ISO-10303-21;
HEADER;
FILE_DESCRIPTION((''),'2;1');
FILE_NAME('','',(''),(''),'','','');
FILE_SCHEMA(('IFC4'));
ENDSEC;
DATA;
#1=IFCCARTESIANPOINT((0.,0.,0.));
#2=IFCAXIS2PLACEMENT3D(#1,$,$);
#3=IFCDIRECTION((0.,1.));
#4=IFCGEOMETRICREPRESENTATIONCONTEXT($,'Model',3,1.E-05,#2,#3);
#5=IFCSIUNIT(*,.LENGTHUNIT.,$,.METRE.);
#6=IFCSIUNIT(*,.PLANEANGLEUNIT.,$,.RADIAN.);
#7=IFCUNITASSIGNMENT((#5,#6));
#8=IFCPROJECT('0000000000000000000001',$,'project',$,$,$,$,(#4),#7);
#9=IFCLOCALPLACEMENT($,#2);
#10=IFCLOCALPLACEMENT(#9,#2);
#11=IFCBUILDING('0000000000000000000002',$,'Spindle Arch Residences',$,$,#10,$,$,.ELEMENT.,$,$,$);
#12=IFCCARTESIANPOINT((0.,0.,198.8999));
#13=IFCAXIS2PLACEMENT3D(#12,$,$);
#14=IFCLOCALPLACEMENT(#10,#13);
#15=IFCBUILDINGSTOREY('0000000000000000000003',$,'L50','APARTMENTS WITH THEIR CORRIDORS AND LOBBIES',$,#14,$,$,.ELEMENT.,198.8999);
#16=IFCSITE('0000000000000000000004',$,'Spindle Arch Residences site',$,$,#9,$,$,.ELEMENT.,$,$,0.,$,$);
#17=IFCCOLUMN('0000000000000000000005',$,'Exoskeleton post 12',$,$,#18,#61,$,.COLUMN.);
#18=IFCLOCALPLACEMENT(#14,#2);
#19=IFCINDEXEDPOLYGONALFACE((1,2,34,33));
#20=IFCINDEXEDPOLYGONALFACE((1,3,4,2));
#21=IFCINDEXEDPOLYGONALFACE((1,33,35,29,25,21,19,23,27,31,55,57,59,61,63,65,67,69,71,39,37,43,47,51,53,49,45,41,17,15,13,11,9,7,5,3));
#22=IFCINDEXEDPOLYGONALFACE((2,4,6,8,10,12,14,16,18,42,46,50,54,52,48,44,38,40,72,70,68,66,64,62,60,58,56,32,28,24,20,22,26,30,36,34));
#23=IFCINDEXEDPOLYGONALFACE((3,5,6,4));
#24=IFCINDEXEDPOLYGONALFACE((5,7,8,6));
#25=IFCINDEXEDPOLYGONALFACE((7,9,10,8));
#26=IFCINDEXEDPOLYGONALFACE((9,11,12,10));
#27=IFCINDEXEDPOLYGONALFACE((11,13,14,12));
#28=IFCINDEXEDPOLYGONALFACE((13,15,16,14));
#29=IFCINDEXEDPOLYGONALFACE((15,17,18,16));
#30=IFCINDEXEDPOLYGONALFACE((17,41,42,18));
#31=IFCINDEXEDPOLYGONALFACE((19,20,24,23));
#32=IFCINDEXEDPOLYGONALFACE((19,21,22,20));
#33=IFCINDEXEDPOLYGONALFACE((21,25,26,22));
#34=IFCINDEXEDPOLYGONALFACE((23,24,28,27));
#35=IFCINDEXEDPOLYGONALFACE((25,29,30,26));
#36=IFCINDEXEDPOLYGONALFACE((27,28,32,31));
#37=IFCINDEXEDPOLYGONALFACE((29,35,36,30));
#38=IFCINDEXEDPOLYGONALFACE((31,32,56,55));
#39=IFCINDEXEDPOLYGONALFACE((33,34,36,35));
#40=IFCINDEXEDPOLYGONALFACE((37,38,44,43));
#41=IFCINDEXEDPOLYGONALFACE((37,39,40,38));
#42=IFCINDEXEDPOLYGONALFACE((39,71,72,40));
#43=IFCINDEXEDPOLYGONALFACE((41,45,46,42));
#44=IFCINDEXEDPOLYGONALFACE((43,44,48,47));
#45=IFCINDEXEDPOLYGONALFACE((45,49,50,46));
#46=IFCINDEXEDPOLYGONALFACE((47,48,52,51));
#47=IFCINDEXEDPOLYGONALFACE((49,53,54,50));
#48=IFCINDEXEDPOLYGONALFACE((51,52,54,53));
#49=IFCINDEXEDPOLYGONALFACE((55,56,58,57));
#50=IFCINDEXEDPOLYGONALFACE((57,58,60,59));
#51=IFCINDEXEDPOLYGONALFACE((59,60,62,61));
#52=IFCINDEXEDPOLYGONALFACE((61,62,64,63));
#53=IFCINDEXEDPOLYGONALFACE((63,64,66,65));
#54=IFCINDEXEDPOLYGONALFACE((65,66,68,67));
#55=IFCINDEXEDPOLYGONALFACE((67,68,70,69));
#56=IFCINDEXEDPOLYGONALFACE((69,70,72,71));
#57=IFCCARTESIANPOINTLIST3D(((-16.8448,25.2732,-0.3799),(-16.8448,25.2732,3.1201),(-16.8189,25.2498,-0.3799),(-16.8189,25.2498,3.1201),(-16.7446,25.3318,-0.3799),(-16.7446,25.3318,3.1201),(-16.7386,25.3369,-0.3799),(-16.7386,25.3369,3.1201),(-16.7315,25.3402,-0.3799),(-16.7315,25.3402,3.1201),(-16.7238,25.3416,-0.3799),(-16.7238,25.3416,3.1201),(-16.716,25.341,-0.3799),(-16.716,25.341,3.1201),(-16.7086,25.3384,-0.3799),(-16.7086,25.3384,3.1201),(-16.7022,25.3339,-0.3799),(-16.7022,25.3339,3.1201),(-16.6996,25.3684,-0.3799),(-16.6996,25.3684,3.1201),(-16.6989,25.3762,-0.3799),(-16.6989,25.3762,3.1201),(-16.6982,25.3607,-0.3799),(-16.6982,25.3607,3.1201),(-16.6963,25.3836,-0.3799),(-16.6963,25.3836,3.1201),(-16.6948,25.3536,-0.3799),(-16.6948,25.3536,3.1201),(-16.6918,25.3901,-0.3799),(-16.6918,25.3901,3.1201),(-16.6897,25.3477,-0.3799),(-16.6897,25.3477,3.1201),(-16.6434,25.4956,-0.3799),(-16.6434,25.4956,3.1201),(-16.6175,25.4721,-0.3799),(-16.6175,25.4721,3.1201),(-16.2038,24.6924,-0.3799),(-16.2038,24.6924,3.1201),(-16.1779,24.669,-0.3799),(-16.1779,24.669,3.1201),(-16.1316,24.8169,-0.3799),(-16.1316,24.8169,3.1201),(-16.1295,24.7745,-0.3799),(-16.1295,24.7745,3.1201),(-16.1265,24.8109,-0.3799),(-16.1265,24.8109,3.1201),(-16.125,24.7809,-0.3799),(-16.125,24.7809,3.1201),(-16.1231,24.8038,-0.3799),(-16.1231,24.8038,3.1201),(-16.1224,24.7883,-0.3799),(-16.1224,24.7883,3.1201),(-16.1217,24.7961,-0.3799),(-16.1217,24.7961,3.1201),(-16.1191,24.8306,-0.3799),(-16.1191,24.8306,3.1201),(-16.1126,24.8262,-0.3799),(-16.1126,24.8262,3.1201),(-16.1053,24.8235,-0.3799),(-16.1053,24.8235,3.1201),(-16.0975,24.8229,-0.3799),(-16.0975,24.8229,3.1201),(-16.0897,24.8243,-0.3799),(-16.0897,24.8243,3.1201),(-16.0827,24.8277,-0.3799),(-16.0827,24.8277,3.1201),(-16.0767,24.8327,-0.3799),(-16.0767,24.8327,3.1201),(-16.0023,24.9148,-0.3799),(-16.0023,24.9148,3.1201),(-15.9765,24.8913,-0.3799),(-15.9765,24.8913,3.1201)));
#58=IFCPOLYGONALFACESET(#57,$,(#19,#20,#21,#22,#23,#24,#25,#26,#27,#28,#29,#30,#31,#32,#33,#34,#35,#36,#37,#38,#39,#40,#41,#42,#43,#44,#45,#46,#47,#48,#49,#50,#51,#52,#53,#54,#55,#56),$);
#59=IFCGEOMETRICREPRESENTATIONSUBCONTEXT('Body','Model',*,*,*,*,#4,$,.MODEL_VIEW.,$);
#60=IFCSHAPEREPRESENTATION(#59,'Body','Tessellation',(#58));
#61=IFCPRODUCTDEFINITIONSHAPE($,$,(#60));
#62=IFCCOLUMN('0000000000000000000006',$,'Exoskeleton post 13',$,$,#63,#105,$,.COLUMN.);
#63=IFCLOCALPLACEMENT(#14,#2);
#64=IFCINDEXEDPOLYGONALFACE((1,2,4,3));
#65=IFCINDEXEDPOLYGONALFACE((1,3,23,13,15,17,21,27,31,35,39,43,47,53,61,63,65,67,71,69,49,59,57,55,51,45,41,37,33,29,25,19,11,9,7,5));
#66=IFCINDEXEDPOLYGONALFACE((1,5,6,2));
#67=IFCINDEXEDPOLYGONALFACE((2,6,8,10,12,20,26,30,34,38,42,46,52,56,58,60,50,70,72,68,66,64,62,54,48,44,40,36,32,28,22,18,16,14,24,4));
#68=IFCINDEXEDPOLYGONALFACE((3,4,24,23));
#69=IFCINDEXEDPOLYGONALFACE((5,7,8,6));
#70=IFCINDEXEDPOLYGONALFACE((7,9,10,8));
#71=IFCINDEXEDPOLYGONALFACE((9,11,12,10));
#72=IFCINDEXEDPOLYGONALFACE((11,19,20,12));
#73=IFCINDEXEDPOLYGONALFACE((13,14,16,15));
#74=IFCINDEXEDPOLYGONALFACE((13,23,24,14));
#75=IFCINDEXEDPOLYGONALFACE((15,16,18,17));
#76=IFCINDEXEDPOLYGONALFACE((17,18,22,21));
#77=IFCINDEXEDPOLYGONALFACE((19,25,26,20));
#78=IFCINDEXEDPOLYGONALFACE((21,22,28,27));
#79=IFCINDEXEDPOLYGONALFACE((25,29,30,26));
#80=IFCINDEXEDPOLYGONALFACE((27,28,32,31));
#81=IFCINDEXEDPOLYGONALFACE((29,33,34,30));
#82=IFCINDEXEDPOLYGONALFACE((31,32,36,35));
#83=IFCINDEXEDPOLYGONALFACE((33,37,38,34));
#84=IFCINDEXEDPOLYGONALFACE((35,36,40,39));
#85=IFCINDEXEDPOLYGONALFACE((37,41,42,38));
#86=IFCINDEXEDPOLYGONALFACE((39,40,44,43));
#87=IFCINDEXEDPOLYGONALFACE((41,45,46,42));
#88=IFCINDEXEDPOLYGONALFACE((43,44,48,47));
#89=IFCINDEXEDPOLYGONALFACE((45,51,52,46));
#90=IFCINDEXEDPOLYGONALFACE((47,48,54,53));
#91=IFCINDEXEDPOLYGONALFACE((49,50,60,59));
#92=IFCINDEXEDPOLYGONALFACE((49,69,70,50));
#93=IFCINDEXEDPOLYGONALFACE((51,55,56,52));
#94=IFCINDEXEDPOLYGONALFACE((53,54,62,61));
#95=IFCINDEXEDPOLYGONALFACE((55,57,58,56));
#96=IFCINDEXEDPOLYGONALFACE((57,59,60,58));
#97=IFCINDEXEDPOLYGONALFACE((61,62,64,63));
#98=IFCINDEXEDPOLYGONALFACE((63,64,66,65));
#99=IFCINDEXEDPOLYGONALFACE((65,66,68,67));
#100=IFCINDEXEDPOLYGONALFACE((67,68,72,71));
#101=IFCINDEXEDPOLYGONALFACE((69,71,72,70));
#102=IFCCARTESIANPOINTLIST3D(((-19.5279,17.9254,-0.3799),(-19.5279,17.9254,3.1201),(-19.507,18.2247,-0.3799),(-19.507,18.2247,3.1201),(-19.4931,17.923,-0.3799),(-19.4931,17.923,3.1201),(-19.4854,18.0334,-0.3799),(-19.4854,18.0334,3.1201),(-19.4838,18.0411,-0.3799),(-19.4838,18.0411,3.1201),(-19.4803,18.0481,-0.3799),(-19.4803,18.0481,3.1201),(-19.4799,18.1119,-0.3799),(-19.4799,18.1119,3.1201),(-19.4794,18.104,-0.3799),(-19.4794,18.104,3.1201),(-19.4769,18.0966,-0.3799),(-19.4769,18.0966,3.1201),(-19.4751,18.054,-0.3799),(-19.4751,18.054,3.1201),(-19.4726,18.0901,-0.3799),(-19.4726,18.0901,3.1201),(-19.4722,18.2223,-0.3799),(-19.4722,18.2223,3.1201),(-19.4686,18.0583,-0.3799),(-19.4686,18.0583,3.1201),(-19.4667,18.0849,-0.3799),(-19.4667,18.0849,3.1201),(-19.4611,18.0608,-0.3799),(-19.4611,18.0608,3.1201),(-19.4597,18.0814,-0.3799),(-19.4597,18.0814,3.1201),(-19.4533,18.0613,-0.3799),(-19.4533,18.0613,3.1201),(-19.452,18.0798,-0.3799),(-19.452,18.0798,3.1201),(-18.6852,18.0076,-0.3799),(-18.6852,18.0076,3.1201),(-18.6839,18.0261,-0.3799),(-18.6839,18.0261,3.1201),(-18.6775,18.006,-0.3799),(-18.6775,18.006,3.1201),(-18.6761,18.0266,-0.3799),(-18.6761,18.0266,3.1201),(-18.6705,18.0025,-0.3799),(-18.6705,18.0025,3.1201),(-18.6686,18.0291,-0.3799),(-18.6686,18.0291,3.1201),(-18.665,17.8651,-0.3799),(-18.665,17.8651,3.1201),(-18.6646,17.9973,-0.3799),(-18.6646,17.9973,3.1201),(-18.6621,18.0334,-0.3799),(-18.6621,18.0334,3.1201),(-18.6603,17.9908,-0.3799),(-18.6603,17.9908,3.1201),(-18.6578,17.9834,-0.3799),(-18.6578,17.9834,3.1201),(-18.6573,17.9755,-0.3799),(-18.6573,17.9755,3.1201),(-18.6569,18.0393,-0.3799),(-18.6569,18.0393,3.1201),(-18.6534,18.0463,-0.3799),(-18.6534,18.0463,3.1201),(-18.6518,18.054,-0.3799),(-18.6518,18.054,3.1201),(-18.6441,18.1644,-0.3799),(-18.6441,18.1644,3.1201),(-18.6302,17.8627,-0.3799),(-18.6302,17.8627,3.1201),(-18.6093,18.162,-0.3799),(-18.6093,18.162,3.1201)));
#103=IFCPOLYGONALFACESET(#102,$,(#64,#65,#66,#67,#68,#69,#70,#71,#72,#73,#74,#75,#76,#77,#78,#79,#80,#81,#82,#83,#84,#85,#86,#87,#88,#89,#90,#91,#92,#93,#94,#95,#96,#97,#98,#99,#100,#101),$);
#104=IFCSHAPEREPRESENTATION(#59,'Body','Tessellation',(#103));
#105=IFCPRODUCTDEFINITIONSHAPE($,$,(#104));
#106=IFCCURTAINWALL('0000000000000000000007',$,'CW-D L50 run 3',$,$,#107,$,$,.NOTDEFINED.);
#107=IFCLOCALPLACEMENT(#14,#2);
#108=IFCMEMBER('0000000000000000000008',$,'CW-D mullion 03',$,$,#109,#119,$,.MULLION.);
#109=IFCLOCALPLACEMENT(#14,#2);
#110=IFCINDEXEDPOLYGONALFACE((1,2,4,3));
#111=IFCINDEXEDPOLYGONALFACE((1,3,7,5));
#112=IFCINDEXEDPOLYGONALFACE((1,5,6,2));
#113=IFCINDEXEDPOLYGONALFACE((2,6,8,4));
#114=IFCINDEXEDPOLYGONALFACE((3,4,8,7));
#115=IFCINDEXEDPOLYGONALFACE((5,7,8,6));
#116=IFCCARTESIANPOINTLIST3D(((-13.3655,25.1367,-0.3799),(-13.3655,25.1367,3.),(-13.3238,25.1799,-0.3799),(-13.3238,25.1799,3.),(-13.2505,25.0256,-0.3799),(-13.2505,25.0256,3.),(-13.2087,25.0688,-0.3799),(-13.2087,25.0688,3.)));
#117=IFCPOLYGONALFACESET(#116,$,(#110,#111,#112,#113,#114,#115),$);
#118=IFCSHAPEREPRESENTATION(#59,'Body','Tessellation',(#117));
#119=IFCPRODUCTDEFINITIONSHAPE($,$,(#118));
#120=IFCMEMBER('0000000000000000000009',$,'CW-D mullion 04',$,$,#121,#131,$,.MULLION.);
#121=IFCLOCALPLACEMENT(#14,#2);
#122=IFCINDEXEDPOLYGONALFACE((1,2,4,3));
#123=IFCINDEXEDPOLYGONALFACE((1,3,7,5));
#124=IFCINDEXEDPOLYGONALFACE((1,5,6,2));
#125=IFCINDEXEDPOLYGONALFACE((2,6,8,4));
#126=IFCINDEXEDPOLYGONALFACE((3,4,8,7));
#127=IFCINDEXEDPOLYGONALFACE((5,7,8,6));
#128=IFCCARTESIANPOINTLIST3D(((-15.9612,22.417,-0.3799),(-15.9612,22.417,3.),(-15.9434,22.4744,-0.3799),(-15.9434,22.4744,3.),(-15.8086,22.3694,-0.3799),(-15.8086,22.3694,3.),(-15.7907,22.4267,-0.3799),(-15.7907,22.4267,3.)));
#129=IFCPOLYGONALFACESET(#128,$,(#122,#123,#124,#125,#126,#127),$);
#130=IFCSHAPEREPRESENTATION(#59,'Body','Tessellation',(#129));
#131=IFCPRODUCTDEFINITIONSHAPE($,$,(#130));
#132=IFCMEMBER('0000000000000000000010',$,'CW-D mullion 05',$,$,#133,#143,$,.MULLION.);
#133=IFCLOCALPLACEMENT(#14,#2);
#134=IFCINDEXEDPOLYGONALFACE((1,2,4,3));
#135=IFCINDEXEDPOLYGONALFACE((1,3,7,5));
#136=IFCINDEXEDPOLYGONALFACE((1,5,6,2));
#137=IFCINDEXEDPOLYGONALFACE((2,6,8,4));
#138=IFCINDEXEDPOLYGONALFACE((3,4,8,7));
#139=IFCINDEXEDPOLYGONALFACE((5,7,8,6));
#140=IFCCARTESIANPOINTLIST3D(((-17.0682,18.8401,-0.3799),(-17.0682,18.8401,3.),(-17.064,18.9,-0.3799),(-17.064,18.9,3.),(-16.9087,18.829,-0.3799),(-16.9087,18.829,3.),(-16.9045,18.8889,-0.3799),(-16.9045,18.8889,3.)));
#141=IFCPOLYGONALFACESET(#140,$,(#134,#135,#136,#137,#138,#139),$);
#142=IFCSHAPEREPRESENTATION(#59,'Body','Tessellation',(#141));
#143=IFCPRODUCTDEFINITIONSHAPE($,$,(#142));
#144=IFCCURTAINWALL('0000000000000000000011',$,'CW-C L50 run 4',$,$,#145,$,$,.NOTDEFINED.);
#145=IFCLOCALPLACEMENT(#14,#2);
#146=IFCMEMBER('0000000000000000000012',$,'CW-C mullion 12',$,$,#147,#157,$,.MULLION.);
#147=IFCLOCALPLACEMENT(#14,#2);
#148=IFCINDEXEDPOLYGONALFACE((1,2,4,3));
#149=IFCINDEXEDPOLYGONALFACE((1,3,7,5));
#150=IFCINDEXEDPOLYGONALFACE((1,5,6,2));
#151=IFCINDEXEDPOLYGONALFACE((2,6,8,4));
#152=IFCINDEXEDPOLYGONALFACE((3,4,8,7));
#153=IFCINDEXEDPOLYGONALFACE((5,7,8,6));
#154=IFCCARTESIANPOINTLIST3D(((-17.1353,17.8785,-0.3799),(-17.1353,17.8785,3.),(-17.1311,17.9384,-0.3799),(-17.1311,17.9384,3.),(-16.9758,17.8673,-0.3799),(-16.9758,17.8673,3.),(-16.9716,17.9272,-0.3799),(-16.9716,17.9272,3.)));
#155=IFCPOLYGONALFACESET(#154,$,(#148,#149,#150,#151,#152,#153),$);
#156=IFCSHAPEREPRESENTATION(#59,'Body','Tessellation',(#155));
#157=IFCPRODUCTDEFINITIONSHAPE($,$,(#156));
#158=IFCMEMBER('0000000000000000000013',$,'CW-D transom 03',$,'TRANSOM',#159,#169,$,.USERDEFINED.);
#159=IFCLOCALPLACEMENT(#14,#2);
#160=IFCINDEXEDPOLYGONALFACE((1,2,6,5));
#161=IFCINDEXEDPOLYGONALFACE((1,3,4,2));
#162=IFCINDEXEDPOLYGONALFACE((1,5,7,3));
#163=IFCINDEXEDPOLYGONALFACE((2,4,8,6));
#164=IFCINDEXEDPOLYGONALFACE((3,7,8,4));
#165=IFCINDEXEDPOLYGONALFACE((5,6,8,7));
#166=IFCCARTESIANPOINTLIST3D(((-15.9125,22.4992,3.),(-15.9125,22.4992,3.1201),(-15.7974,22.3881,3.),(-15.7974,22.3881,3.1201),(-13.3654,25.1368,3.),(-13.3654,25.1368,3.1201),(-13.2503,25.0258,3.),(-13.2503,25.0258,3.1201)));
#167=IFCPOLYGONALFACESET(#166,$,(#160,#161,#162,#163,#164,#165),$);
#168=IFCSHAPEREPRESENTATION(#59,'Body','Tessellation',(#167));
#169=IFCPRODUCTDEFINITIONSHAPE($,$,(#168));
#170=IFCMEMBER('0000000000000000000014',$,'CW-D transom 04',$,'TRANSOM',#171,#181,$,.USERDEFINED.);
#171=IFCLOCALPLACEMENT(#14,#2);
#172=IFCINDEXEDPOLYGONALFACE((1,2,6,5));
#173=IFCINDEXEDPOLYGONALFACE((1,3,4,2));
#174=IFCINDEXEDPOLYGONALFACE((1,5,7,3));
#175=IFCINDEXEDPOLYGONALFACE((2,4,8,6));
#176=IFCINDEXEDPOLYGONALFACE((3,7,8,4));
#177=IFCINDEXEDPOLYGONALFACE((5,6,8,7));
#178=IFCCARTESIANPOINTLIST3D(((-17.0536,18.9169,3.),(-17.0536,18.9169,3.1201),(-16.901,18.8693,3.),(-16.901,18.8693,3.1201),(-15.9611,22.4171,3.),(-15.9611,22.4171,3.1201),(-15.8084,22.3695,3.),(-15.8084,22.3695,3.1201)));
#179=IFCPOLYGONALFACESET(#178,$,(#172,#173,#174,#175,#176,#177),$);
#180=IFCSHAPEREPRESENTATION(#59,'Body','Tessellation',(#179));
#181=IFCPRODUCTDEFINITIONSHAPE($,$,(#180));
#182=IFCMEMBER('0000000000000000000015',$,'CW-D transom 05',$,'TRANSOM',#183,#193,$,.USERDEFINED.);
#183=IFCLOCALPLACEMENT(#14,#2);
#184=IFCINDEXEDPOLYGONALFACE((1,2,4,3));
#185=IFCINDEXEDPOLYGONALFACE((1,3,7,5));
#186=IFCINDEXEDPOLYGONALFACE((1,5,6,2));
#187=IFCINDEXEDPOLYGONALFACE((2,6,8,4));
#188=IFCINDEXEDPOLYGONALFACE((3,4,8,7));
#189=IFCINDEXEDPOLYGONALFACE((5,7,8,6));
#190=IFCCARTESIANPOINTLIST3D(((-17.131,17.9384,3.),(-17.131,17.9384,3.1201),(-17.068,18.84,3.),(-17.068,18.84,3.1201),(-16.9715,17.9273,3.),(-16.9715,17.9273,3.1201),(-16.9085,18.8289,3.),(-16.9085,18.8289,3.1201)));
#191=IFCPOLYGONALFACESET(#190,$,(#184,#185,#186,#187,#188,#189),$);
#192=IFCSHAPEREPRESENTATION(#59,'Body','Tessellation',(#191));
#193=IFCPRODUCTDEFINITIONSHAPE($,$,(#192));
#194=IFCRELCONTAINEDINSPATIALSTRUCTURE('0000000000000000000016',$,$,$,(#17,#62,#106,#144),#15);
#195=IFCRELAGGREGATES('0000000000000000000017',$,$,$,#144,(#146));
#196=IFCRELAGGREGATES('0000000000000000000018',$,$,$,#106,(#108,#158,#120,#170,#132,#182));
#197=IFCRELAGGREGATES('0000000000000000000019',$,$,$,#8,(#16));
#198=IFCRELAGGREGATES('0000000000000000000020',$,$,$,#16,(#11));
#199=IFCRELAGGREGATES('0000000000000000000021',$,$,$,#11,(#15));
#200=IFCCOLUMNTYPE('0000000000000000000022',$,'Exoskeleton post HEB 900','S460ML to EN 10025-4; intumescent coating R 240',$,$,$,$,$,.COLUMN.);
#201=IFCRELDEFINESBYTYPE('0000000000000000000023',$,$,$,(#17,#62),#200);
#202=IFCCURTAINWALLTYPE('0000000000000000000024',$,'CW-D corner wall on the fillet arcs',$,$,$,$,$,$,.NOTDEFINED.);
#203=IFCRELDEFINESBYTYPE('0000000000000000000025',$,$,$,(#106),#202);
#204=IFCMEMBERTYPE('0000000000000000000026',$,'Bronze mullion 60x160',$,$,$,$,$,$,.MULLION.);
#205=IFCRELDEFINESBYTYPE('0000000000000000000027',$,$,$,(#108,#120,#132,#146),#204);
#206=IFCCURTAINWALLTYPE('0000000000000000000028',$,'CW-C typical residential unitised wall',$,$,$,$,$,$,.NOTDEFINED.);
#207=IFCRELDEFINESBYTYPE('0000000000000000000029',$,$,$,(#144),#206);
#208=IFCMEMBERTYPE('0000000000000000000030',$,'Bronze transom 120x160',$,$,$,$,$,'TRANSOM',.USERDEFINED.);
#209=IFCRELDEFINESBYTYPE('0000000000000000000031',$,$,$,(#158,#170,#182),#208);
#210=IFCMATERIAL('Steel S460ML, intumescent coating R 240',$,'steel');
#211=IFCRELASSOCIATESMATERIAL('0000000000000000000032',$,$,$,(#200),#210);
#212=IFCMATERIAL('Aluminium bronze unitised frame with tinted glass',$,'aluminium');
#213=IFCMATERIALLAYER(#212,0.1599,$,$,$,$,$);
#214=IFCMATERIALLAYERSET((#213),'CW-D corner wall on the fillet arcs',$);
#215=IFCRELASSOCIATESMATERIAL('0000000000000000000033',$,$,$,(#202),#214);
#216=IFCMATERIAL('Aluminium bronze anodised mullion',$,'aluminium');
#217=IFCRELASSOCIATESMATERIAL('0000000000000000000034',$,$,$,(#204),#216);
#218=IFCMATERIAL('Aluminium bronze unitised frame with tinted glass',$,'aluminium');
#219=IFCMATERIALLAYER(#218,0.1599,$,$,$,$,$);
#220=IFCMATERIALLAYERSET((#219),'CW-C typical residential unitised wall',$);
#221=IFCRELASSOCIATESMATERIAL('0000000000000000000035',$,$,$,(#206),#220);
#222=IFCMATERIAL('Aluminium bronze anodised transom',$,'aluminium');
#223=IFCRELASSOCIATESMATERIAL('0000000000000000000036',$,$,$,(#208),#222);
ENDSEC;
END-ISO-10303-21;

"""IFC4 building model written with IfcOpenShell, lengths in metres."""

from ifc_helpers import new_model, si_unit, direction, frame, origin, origin_2d, place, context, subcontext, project, spatial, rectangle, i_section, extrude, material, layer, layer_set, material_profile, profile_set, type_object, element, aggregate, save


model = new_model("IFC4")

# Units and contexts
model_context = context("Model", 3, precision=1e-05, world=origin(), true_north=direction((0.0, 1.0)))
body_context = subcontext(model_context, "Body", "Model", "MODEL_VIEW")
ifc_project = project(units=[si_unit("LENGTHUNIT", "METRE"), si_unit("PLANEANGLEUNIT", "RADIAN")], contexts=[model_context])

# Site, building, storey
site_placement = place(None, origin())
site = spatial("IfcSite", under=ifc_project, at=site_placement, Name="Spindle Arch Residences site", CompositionType="ELEMENT", RefElevation=0.0)
building_placement = place(site_placement, origin())
building = spatial("IfcBuilding", under=site, at=building_placement, Name="Spindle Arch Residences", CompositionType="ELEMENT")
storey_placement = place(building_placement, frame((0.0, 0.0, 198.8999)))
storey = spatial("IfcBuildingStorey", under=building, at=storey_placement, Name="L50", Description="APARTMENTS WITH THEIR CORRIDORS AND LOBBIES", CompositionType="ELEMENT", Elevation=198.8999)

# Columns
ifc_material_1 = material(Name="Steel S460ML, intumescent coating R 240", Category="steel")
ifc_material_profile_1 = material_profile(ifc_material_1, i_section(OverallWidth=0.3, OverallDepth=0.8999, WebThickness=0.0186, FlangeThickness=0.0349, FilletRadius=0.03, at=origin_2d()), Name="HEB 900")
ifc_profile_set_1 = profile_set([ifc_material_profile_1], Name="Steel S460ML, intumescent coating R 240")
column_type = type_object("IfcColumnType", Name="Exoskeleton post HEB 900", Description="S460ML to EN 10025-4; intumescent coating R 240", PredefinedType="COLUMN", material=ifc_profile_set_1)
for number, where, z_axis, x_axis, name in (
    (1, (-16.4106, 25.0823, -0.3799), (0.0, 0.0, 1.0), (0.671428, 0.74107, 0.0), "Exoskeleton post 12"),
    (2, (-19.0686, 18.0437, -0.3799), (0.0, 0.0, 1.0), (0.069756, 0.997564, 0.0), "Exoskeleton post 13"),
):
    element("IfcColumn", number, at=place(storey_placement, frame(where, z_axis=z_axis, x_axis=x_axis)), inside=storey, type_object=column_type, Name=name, PredefinedType="COLUMN", context=body_context, shape_type="SweptSolid", body=[
        extrude(i_section(OverallWidth=0.3, OverallDepth=0.8999, WebThickness=0.0186, FlangeThickness=0.0349, FilletRadius=0.03, at=origin_2d()), origin(), (0.0, 0.0, 1.0), 3.5),
    ])

# Curtain wall, members
ifc_material_2 = material(Name="Aluminium bronze unitised frame with tinted glass", Category="aluminium")
ifc_layer_1 = layer(ifc_material_2, 0.1599)
ifc_layer_set_1 = layer_set([ifc_layer_1], Name="CW-D corner wall on the fillet arcs")
curtain_wall_type_1 = type_object("IfcCurtainWallType", Name="CW-D corner wall on the fillet arcs", PredefinedType="NOTDEFINED", material=ifc_layer_set_1)
curtain_wall_1_placement = place(storey_placement, origin())
curtain_wall_1 = element("IfcCurtainWall", 3, at=curtain_wall_1_placement, inside=storey, type_object=curtain_wall_type_1, Name="CW-D L50 run 3", PredefinedType="NOTDEFINED")
ifc_material_3 = material(Name="Aluminium bronze anodised mullion", Category="aluminium")
ifc_material_profile_2 = material_profile(ifc_material_3, rectangle(XDim=0.1599, YDim=0.0601, at=origin_2d()), Name="MU 60x160")
ifc_profile_set_2 = profile_set([ifc_material_profile_2], Name="Aluminium bronze anodised mullion")
member_type_1 = type_object("IfcMemberType", Name="Bronze mullion 60x160", PredefinedType="MULLION", material=ifc_profile_set_2)
member_1_placement = place(storey_placement, frame((-13.2871, 25.1028, -0.3799), z_axis=(0.0, 0.0, 1.0), x_axis=(0.71934, -0.694658, 0.0)))
member_1 = element("IfcMember", 4, at=member_1_placement, type_object=member_type_1, Name="CW-D mullion 03", PredefinedType="MULLION", context=body_context, shape_type="SweptSolid", body=[
    extrude(rectangle(XDim=0.1599, YDim=0.0601, at=origin_2d()), origin(), (0.0, 0.0, 1.0), 3.3799),
])
member_2_placement = place(storey_placement, frame((-15.876, 22.4219, -0.3799), z_axis=(0.0, 0.0, 1.0), x_axis=(0.954588, -0.29793, 0.0)))
member_2 = element("IfcMember", 5, at=member_2_placement, type_object=member_type_1, Name="CW-D mullion 04", PredefinedType="MULLION", context=body_context, shape_type="SweptSolid", body=[
    extrude(rectangle(XDim=0.1599, YDim=0.0601, at=origin_2d()), origin(), (0.0, 0.0, 1.0), 3.3799),
])
member_3_placement = place(storey_placement, frame((-16.9863, 18.8645, -0.3799), z_axis=(0.0, 0.0, 1.0), x_axis=(0.997564, -0.069756, 0.0)))
member_3 = element("IfcMember", 6, at=member_3_placement, type_object=member_type_1, Name="CW-D mullion 05", PredefinedType="MULLION", context=body_context, shape_type="SweptSolid", body=[
    extrude(rectangle(XDim=0.1599, YDim=0.0601, at=origin_2d()), origin(), (0.0, 0.0, 1.0), 3.3799),
])

# Curtain wall, member
ifc_material_4 = material(Name="Aluminium bronze unitised frame with tinted glass", Category="aluminium")
ifc_layer_2 = layer(ifc_material_4, 0.1599)
ifc_layer_set_2 = layer_set([ifc_layer_2], Name="CW-C typical residential unitised wall")
curtain_wall_type_2 = type_object("IfcCurtainWallType", Name="CW-C typical residential unitised wall", PredefinedType="NOTDEFINED", material=ifc_layer_set_2)
curtain_wall_2_placement = place(storey_placement, origin())
curtain_wall_2 = element("IfcCurtainWall", 7, at=curtain_wall_2_placement, inside=storey, type_object=curtain_wall_type_2, Name="CW-C L50 run 4", PredefinedType="NOTDEFINED")
member_4_placement = place(storey_placement, frame((-17.0535, 17.9028, -0.3799), z_axis=(0.0, 0.0, 1.0), x_axis=(0.997564, -0.069756, 0.0)))
member_4 = element("IfcMember", 8, at=member_4_placement, type_object=member_type_1, Name="CW-C mullion 12", PredefinedType="MULLION", context=body_context, shape_type="SweptSolid", body=[
    extrude(rectangle(XDim=0.1599, YDim=0.0601, at=origin_2d()), origin(), (0.0, 0.0, 1.0), 3.3799),
])
aggregate(curtain_wall_2, [member_4])

# Members
ifc_material_5 = material(Name="Aluminium bronze anodised transom", Category="aluminium")
ifc_material_profile_3 = material_profile(ifc_material_5, rectangle(XDim=0.1599, YDim=0.1201, at=origin_2d()), Name="TR 120x160")
ifc_profile_set_3 = profile_set([ifc_material_profile_3], Name="Aluminium bronze anodised transom")
member_type_2 = type_object("IfcMemberType", Name="Bronze transom 120x160", ElementType="TRANSOM", PredefinedType="USERDEFINED", material=ifc_profile_set_3)
member_5_placement = place(storey_placement, frame((-13.3079, 25.0813, 3.0601), z_axis=(-0.694648, -0.71935, 0.0), x_axis=(0.71935, -0.694648, 0.0)))
member_5 = element("IfcMember", 9, at=member_5_placement, type_object=member_type_2, Name="CW-D transom 03", ObjectType="TRANSOM", PredefinedType="USERDEFINED", context=body_context, shape_type="SweptSolid", body=[
    extrude(rectangle(XDim=0.1599, YDim=0.1201, at=origin_2d()), origin(), (0.0, 0.0, 1.0), 3.6667),
])
member_6_placement = place(storey_placement, frame((-15.8848, 22.3933, 3.0601), z_axis=(-0.297953, -0.954581, 0.0), x_axis=(0.954581, -0.297953, 0.0)))
member_6 = element("IfcMember", 10, at=member_6_placement, type_object=member_type_2, Name="CW-D transom 04", ObjectType="TRANSOM", PredefinedType="USERDEFINED", context=body_context, shape_type="SweptSolid", body=[
    extrude(rectangle(XDim=0.1599, YDim=0.1201, at=origin_2d()), origin(), (0.0, 0.0, 1.0), 3.6667),
])
member_7_placement = place(storey_placement, frame((-16.9883, 18.8345, 3.0601), z_axis=(-0.069692, -0.997569, 0.0), x_axis=(0.997569, -0.069692, 0.0)))
member_7 = element("IfcMember", 11, at=member_7_placement, type_object=member_type_2, Name="CW-D transom 05", ObjectType="TRANSOM", PredefinedType="USERDEFINED", context=body_context, shape_type="SweptSolid", body=[
    extrude(rectangle(XDim=0.1599, YDim=0.1201, at=origin_2d()), origin(), (0.0, 0.0, 1.0), 0.9038),
])

aggregate(curtain_wall_1, [member_1, member_5, member_2, member_6, member_3, member_7])

save(model, "model.ifc")
